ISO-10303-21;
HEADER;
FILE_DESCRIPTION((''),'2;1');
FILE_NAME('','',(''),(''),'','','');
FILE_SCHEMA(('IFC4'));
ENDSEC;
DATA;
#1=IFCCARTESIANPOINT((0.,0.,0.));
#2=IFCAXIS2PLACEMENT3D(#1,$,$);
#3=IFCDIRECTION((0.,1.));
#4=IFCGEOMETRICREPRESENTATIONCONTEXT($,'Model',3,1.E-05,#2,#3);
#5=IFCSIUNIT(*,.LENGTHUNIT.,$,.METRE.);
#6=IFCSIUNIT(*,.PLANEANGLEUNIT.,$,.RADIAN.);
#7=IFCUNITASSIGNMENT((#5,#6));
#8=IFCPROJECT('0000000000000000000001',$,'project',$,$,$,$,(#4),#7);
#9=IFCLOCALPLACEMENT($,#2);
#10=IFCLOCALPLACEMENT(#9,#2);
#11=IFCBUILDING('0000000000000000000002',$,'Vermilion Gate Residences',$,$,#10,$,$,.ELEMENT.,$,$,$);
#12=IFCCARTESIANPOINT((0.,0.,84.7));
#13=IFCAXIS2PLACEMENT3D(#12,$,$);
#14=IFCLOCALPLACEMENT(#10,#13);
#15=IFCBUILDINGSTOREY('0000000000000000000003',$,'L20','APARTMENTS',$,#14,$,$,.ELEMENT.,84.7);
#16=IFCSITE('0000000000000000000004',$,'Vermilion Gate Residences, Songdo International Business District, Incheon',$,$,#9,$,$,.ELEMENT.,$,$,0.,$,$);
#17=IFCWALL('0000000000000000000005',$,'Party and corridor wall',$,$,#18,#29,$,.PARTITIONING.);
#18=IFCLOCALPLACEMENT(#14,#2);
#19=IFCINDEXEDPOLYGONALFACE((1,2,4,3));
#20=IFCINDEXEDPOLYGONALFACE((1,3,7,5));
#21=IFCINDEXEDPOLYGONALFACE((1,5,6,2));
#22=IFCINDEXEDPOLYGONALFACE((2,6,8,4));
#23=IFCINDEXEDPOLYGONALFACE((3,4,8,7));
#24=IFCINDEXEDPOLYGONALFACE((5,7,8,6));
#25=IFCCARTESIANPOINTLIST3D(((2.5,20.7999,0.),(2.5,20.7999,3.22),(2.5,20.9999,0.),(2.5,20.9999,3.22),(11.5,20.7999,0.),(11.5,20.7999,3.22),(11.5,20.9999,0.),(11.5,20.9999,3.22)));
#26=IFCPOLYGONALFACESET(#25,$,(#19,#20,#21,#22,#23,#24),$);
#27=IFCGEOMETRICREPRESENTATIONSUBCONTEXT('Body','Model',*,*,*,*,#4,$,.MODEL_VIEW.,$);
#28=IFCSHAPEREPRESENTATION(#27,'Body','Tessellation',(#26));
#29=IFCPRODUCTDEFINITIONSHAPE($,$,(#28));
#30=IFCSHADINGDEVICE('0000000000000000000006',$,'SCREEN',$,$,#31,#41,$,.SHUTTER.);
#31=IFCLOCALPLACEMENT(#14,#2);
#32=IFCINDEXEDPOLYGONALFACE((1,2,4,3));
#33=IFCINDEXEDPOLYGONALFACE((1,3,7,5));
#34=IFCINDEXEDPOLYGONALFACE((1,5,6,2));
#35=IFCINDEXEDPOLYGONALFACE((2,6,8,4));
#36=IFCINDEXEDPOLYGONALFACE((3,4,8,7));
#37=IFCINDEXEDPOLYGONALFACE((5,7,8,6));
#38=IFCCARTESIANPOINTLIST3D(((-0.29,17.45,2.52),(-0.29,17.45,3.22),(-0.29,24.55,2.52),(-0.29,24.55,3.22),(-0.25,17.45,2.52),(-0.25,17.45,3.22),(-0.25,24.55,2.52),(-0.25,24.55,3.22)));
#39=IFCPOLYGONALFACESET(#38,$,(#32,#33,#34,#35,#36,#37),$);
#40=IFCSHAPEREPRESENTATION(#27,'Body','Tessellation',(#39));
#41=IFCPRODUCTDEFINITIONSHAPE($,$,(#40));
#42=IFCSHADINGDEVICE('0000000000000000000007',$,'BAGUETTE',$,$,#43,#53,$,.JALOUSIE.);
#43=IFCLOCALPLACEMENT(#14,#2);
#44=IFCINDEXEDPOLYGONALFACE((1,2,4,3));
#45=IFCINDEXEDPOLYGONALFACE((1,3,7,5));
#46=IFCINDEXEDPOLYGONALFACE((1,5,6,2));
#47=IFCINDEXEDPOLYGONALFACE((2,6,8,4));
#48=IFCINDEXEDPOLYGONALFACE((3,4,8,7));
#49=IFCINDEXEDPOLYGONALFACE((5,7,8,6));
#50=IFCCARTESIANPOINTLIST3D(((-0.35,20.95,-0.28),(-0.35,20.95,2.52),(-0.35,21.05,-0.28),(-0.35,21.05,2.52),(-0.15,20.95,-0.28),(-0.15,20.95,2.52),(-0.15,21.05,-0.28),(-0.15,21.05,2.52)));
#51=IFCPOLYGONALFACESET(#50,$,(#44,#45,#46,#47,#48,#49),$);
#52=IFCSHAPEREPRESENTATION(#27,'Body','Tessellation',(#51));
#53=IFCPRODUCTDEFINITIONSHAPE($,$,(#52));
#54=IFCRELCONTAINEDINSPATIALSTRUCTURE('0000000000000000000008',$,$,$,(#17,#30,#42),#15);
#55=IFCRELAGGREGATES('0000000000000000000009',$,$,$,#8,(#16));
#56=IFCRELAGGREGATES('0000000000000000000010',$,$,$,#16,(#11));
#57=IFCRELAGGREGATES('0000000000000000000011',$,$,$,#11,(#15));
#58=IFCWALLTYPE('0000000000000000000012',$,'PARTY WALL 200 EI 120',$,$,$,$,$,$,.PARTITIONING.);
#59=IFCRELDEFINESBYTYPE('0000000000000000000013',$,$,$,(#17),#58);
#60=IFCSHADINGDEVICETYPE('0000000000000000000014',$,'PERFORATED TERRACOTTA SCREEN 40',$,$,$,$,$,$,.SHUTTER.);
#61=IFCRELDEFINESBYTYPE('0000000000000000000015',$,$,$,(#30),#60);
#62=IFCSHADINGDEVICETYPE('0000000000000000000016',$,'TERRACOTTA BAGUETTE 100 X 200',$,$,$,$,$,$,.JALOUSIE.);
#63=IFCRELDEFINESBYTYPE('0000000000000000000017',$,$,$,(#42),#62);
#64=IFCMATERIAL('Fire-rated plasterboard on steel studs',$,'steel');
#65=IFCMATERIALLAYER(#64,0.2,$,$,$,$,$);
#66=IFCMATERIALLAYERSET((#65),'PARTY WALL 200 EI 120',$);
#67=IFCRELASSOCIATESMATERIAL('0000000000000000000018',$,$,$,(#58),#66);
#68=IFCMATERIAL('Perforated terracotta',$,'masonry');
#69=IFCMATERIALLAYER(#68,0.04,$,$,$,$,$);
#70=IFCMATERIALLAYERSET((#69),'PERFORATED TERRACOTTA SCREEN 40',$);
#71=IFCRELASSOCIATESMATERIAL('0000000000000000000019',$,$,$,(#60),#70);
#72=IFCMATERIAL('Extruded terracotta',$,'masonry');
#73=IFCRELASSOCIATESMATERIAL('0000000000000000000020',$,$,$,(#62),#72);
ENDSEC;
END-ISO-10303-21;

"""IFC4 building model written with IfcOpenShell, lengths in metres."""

from ifc_helpers import new_model, si_unit, direction, frame, frame_2d, origin, origin_2d, place, context, subcontext, project, spatial, rectangle, extrude, material, layer, layer_set, material_profile, profile_set, type_object, element, save


model = new_model("IFC4")

# Units and contexts
model_context = context("Model", 3, precision=1e-05, world=origin(), true_north=direction((0.0, 1.0)))
body_context = subcontext(model_context, "Body", "Model", "MODEL_VIEW")
ifc_project = project(units=[si_unit("LENGTHUNIT", "METRE"), si_unit("PLANEANGLEUNIT", "RADIAN")], contexts=[model_context])

# Site, building, storey
site_placement = place(None, origin())
site = spatial("IfcSite", under=ifc_project, at=site_placement, Name="Vermilion Gate Residences, Songdo International Business District, Incheon", CompositionType="ELEMENT", RefElevation=0.0)
building_placement = place(site_placement, origin())
building = spatial("IfcBuilding", under=site, at=building_placement, Name="Vermilion Gate Residences", CompositionType="ELEMENT")
storey_placement = place(building_placement, frame((0.0, 0.0, 84.7)))
storey = spatial("IfcBuildingStorey", under=building, at=storey_placement, Name="L20", Description="APARTMENTS", CompositionType="ELEMENT", Elevation=84.7)

# Wall
ifc_material_1 = material(Name="Fire-rated plasterboard on steel studs", Category="steel")
ifc_layer_1 = layer(ifc_material_1, 0.2)
ifc_layer_set_1 = layer_set([ifc_layer_1], Name="PARTY WALL 200 EI 120")
wall_type_1 = type_object("IfcWallType", Name="PARTY WALL 200 EI 120", PredefinedType="PARTITIONING", material=ifc_layer_set_1)
wall_1_placement = place(storey_placement, frame((2.5, 20.8999, 0.0), z_axis=(0.0, 0.0, 1.0), x_axis=(1.0, 0.0, 0.0)))
element("IfcWall", 1, at=wall_1_placement, inside=storey, type_object=wall_type_1, Name="Party and corridor wall", PredefinedType="PARTITIONING", context=body_context, shape_type="SweptSolid", body=[
    extrude(rectangle(XDim=9.0, YDim=0.2, at=frame_2d((4.5, 0.0))), origin(), (0.0, 0.0, 1.0), 3.22),
])

# Shading devices
ifc_material_2 = material(Name="Perforated terracotta", Category="masonry")
ifc_layer_2 = layer(ifc_material_2, 0.04)
ifc_layer_set_2 = layer_set([ifc_layer_2], Name="PERFORATED TERRACOTTA SCREEN 40")
shading_device_type_1 = type_object("IfcShadingDeviceType", Name="PERFORATED TERRACOTTA SCREEN 40", PredefinedType="SHUTTER", material=ifc_layer_set_2)
shading_device_1_placement = place(storey_placement, frame((-0.27, 21.0, 2.52), z_axis=(0.0, 0.0, 1.0), x_axis=(0.0, -1.0, 0.0)))
element("IfcShadingDevice", 2, at=shading_device_1_placement, inside=storey, type_object=shading_device_type_1, Name="SCREEN", PredefinedType="SHUTTER", context=body_context, shape_type="SweptSolid", body=[
    extrude(rectangle(XDim=7.1001, YDim=0.04, at=origin_2d()), origin(), (0.0, 0.0, 1.0), 0.7),
])
ifc_material_3 = material(Name="Extruded terracotta", Category="masonry")
ifc_material_profile_1 = material_profile(ifc_material_3, rectangle(XDim=0.2, YDim=0.1001, at=origin_2d()), Name="BAGUETTE 100 X 200")
ifc_profile_set_1 = profile_set([ifc_material_profile_1], Name="Extruded terracotta")
shading_device_type_2 = type_object("IfcShadingDeviceType", Name="TERRACOTTA BAGUETTE 100 X 200", PredefinedType="JALOUSIE", material=ifc_profile_set_1)
shading_device_2_placement = place(storey_placement, frame((-0.25, 21.0, -0.28), z_axis=(0.0, 0.0, 1.0), x_axis=(1.0, 0.0, 0.0)))
element("IfcShadingDevice", 3, at=shading_device_2_placement, inside=storey, type_object=shading_device_type_2, Name="BAGUETTE", PredefinedType="JALOUSIE", context=body_context, shape_type="SweptSolid", body=[
    extrude(rectangle(XDim=0.2, YDim=0.1001, at=origin_2d()), origin(), (0.0, 0.0, 1.0), 2.8),
])

save(model, "model.ifc")
